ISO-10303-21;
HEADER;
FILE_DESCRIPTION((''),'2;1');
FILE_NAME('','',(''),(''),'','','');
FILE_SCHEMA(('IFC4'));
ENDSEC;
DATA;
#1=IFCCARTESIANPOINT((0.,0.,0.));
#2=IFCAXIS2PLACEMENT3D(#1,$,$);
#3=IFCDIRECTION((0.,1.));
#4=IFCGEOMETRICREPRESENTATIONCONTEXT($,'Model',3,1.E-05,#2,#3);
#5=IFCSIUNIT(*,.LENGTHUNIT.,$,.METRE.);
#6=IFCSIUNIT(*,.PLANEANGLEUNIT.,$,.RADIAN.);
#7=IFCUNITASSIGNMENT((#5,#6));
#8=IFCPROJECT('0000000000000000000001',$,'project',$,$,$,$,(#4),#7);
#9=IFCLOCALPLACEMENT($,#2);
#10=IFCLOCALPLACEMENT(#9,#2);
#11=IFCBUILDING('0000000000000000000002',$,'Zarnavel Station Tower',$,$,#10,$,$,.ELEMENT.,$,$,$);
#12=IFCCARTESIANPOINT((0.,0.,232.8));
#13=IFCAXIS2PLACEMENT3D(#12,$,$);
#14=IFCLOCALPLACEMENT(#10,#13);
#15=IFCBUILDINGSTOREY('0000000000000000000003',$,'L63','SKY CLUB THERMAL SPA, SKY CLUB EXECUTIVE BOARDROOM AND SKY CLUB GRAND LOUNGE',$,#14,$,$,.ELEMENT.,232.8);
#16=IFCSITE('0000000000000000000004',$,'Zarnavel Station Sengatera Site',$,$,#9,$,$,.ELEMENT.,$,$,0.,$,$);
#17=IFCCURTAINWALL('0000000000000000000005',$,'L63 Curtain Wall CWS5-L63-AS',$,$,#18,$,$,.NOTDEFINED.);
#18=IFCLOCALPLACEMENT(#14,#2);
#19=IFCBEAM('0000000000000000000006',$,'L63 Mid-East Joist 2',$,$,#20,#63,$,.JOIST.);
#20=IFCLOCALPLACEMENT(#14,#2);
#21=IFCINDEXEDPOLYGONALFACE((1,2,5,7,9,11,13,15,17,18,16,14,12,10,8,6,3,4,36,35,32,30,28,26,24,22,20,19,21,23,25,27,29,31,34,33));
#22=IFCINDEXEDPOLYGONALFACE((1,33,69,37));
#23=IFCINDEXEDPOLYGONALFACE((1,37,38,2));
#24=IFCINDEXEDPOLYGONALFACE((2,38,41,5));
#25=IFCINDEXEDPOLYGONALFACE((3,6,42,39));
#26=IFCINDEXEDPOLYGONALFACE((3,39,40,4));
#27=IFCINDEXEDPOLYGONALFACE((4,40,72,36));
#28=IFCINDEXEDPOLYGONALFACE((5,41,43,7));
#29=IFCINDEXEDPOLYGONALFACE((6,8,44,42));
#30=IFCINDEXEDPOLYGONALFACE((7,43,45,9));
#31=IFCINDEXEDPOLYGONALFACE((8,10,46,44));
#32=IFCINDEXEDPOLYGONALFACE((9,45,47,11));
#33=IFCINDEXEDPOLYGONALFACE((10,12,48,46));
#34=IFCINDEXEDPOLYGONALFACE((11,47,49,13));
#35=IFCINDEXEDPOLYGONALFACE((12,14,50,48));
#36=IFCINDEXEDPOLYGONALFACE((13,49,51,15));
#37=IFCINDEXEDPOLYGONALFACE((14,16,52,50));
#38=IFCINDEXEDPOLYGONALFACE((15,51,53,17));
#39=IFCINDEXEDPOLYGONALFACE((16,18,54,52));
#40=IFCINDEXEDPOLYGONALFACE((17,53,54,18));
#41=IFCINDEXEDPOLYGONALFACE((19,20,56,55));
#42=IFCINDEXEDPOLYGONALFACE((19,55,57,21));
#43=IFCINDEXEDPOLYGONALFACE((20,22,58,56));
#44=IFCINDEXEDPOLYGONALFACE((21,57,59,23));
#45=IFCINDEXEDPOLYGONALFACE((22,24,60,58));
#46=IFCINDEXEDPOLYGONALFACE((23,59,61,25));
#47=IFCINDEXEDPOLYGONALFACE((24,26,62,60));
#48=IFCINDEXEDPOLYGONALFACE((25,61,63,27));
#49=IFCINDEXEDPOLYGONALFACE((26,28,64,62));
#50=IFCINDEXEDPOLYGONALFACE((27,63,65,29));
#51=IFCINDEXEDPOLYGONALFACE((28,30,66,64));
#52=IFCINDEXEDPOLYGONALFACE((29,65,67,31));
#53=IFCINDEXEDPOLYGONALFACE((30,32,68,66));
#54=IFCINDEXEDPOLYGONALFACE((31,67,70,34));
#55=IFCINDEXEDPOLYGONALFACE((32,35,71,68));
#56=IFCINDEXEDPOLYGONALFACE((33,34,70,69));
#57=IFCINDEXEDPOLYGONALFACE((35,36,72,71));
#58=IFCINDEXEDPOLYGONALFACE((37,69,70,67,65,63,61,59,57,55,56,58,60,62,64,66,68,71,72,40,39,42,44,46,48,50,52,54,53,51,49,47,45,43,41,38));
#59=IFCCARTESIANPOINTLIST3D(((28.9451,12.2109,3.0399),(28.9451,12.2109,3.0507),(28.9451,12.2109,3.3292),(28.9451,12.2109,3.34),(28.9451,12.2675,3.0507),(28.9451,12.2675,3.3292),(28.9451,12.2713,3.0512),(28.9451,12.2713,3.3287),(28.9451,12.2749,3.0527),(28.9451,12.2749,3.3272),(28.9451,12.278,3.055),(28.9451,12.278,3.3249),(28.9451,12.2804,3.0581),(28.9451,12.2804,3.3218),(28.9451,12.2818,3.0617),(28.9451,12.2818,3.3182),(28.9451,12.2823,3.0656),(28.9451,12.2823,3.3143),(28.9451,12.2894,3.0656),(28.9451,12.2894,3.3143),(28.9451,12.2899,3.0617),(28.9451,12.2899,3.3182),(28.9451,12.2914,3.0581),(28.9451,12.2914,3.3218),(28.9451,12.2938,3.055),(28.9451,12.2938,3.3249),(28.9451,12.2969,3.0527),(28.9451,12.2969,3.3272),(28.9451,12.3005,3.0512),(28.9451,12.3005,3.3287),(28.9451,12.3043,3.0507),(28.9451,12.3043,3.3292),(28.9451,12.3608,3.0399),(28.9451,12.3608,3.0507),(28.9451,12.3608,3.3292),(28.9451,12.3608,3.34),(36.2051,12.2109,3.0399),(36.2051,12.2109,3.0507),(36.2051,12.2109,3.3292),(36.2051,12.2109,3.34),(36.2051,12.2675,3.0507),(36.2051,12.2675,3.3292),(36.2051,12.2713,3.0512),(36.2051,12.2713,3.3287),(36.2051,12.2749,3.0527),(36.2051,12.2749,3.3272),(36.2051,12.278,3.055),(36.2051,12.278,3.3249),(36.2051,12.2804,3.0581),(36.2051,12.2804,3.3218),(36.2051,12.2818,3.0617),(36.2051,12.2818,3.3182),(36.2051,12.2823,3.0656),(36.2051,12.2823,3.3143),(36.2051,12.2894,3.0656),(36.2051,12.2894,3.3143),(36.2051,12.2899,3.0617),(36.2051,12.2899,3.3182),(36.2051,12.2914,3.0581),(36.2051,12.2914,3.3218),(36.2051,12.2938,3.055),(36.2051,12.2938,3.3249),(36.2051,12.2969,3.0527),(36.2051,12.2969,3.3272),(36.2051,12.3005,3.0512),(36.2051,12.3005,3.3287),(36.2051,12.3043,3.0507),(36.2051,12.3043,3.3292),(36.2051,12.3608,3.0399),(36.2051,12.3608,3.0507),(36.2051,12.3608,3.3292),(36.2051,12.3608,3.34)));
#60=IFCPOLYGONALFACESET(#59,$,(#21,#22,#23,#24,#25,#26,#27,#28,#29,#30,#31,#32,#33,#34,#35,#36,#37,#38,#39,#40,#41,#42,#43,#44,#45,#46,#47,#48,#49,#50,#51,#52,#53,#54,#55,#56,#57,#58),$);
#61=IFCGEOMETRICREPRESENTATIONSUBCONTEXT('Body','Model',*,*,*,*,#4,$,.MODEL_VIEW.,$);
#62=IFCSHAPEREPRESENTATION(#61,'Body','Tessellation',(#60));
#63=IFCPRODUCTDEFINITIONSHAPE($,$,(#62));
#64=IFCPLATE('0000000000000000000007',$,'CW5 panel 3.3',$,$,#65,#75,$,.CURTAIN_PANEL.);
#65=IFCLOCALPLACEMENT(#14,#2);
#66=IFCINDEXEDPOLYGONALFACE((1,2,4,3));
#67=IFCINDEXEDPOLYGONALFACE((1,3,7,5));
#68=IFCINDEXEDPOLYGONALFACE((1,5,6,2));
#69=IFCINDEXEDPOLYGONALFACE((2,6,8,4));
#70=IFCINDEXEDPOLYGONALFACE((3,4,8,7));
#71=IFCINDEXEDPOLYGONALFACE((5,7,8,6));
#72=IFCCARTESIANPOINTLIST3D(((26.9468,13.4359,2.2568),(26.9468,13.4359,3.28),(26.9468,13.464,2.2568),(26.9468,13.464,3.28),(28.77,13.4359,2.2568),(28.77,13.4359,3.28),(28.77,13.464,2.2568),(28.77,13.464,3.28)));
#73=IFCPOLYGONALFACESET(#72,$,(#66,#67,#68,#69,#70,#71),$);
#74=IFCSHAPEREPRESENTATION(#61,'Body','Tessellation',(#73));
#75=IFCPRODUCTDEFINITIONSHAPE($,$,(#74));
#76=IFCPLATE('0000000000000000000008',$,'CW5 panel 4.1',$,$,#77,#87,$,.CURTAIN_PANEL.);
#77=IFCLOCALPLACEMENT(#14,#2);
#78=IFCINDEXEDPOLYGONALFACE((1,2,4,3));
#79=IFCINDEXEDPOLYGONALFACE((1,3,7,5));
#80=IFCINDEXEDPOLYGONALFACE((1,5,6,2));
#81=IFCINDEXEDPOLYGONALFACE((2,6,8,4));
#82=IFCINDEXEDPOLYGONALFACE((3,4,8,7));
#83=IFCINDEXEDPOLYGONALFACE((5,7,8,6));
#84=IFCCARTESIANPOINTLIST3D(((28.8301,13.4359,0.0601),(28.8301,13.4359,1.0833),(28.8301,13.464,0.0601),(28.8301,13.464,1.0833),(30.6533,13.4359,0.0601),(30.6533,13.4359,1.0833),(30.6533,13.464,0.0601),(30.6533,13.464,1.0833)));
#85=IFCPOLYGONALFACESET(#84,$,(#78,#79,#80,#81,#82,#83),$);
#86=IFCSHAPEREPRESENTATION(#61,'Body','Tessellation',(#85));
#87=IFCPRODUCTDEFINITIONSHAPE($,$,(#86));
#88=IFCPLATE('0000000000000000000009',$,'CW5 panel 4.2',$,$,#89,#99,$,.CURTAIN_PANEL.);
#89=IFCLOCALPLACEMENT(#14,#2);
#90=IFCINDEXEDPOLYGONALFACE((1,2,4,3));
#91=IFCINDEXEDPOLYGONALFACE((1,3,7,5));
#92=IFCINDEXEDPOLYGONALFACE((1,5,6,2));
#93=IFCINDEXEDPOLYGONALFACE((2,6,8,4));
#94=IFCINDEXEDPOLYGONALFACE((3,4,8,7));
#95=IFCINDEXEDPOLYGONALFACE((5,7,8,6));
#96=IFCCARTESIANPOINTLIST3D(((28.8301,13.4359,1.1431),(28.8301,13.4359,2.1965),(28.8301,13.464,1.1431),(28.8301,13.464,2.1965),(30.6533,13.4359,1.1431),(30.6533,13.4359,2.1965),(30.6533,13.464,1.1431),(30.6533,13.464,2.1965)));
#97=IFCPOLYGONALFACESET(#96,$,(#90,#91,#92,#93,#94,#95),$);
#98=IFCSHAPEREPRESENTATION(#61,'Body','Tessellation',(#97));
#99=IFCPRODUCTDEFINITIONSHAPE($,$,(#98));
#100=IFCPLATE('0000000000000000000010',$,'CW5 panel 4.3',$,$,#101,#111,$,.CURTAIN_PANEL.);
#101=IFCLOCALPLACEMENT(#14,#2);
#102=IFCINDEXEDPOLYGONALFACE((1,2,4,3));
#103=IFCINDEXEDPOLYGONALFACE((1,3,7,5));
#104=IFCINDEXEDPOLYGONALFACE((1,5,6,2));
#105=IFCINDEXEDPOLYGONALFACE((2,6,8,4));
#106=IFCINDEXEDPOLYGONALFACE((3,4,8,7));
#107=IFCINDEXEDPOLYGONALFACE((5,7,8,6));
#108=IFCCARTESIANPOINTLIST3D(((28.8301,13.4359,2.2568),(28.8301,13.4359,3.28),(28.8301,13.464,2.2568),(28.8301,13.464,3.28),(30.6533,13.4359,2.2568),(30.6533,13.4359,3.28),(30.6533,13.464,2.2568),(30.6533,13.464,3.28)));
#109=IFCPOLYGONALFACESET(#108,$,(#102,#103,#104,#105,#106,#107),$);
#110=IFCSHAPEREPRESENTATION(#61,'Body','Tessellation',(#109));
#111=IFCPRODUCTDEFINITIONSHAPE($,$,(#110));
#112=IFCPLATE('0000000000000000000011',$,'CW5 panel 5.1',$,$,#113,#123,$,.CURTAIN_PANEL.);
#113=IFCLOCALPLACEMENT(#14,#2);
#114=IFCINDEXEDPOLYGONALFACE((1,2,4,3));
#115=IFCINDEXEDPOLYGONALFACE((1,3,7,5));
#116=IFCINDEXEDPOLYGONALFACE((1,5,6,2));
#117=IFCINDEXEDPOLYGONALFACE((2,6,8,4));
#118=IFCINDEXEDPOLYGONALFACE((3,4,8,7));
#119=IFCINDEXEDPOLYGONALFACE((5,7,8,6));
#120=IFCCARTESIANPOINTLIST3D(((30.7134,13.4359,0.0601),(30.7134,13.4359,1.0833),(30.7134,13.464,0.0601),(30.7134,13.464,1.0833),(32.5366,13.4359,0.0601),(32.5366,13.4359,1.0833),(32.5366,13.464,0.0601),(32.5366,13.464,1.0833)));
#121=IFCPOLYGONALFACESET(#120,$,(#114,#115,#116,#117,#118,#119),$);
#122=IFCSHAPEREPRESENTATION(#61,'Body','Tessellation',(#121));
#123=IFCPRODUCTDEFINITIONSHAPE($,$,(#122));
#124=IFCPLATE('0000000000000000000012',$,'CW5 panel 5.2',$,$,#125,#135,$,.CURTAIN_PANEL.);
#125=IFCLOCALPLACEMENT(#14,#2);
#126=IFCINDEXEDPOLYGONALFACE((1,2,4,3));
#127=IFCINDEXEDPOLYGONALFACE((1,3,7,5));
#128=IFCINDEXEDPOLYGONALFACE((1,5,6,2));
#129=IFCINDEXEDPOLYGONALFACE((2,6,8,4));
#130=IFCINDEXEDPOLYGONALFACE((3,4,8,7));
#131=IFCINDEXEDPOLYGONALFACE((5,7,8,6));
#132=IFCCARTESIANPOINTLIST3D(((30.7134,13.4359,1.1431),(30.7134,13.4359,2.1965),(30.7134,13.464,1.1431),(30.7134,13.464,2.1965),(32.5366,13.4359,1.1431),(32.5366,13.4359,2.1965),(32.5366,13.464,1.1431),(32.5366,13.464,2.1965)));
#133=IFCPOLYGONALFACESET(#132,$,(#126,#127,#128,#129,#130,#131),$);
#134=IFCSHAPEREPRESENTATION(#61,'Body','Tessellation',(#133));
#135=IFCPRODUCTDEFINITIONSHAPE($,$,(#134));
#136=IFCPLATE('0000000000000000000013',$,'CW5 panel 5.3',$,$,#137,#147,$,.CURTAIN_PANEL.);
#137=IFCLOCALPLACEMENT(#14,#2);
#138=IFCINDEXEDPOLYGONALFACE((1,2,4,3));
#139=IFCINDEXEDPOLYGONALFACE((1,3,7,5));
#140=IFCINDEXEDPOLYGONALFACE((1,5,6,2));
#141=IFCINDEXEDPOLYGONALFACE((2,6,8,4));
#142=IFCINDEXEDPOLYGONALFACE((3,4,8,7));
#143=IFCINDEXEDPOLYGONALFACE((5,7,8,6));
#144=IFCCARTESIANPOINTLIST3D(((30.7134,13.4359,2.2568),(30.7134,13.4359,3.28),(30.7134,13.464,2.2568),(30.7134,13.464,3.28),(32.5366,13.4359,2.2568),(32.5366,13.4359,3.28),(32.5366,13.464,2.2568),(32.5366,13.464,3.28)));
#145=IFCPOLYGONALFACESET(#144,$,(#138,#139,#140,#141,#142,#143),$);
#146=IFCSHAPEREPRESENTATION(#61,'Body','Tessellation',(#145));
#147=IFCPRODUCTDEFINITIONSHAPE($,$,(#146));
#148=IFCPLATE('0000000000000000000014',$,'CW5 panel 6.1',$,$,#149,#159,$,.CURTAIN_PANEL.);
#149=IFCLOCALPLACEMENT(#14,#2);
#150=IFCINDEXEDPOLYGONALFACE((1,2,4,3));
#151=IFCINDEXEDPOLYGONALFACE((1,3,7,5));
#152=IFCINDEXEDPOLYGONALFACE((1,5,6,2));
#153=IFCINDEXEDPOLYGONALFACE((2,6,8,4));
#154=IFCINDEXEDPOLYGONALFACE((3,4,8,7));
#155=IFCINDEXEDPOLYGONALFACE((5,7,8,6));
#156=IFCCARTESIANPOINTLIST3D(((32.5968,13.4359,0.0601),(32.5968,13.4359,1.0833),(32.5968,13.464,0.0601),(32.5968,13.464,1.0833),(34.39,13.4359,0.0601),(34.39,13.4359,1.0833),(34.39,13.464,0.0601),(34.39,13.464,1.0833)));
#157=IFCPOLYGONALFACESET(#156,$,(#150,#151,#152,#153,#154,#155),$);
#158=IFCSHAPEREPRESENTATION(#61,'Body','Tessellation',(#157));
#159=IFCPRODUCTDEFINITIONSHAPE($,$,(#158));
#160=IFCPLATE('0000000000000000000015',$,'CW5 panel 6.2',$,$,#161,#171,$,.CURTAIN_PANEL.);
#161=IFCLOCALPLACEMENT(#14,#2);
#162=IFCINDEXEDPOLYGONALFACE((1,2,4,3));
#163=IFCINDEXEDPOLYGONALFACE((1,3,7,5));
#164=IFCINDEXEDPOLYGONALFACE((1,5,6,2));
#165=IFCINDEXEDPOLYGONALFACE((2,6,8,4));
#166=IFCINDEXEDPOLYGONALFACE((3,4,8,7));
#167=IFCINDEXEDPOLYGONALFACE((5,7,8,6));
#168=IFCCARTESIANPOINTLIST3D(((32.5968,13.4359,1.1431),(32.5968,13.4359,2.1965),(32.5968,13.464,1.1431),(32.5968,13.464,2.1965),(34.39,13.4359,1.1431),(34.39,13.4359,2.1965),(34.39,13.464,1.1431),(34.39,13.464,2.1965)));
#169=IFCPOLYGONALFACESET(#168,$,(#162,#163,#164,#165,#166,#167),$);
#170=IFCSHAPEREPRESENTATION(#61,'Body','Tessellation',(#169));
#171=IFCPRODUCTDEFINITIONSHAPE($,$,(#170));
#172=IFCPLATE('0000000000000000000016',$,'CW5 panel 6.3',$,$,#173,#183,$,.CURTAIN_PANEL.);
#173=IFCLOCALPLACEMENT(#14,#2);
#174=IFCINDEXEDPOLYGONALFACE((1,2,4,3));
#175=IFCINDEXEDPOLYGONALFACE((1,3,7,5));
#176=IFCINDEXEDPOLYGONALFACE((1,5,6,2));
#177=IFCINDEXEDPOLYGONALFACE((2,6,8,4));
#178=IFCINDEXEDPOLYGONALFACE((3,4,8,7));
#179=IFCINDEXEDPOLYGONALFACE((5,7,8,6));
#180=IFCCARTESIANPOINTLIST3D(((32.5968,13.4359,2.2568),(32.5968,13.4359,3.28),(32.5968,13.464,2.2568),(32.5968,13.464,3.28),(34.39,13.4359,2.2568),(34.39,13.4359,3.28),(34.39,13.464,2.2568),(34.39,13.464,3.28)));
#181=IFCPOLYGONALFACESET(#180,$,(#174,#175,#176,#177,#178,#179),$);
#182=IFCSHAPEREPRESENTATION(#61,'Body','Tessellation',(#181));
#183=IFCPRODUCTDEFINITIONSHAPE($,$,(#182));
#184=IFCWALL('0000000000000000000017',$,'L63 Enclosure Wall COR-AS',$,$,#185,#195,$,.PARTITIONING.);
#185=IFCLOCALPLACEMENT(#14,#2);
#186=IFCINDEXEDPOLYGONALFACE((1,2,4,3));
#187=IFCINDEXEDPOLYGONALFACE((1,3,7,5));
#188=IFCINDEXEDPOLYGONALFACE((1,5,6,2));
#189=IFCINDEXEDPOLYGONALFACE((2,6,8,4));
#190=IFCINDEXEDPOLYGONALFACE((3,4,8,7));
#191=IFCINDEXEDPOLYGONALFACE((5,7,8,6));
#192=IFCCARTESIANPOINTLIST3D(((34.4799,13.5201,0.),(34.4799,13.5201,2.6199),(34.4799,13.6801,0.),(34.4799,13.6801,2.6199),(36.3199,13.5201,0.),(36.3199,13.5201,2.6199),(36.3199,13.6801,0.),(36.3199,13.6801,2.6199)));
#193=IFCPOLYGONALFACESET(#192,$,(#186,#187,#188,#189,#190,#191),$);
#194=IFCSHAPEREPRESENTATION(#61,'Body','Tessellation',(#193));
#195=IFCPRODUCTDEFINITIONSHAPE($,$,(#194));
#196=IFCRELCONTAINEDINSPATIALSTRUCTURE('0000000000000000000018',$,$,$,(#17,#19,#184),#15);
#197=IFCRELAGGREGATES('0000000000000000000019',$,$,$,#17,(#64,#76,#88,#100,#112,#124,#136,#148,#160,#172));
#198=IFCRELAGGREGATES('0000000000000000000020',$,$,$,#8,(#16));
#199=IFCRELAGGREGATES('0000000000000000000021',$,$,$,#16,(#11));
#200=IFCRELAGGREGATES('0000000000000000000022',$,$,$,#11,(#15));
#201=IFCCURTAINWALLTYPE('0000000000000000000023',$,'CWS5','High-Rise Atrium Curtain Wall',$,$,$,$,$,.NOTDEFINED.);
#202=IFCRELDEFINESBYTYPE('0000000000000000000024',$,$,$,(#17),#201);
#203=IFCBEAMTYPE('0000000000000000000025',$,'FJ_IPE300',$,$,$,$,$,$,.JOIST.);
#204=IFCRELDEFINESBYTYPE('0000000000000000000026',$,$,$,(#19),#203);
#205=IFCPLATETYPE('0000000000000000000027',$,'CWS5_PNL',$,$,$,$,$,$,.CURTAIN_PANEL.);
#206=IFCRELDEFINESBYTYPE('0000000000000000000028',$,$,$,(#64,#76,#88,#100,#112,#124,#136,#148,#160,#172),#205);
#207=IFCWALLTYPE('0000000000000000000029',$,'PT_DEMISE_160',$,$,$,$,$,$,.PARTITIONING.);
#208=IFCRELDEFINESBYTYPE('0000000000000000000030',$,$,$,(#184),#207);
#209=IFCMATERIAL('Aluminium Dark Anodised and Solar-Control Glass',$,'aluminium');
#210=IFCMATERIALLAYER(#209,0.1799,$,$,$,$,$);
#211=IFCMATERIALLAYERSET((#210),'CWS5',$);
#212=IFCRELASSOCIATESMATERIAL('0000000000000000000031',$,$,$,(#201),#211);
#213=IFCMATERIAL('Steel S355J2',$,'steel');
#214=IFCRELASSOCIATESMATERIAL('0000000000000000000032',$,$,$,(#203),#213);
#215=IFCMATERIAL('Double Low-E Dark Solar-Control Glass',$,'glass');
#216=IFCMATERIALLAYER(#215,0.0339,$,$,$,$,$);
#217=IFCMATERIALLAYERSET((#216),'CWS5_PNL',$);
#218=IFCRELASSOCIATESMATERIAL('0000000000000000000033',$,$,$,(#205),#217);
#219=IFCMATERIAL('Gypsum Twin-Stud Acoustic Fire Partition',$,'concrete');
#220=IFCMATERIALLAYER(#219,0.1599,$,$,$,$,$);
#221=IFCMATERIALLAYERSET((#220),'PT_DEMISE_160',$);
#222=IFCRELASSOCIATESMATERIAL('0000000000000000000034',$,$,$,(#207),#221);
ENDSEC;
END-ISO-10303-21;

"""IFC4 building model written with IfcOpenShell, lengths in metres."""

from ifc_helpers import new_model, si_unit, direction, frame, frame_2d, origin, origin_2d, place, context, subcontext, project, spatial, rectangle, i_section, extrude, material, layer, layer_set, material_profile, profile_set, type_object, element, aggregate, save


model = new_model("IFC4")

# Units and contexts
model_context = context("Model", 3, precision=1e-05, world=origin(), true_north=direction((0.0, 1.0)))
body_context = subcontext(model_context, "Body", "Model", "MODEL_VIEW")
ifc_project = project(units=[si_unit("LENGTHUNIT", "METRE"), si_unit("PLANEANGLEUNIT", "RADIAN")], contexts=[model_context])

# Site, building, storey
site_placement = place(None, origin())
site = spatial("IfcSite", under=ifc_project, at=site_placement, Name="Zarnavel Station Sengatera Site", CompositionType="ELEMENT", RefElevation=0.0)
building_placement = place(site_placement, origin())
building = spatial("IfcBuilding", under=site, at=building_placement, Name="Zarnavel Station Tower", CompositionType="ELEMENT")
storey_placement = place(building_placement, frame((0.0, 0.0, 232.8)))
storey = spatial("IfcBuildingStorey", under=building, at=storey_placement, Name="L63", Description="SKY CLUB THERMAL SPA, SKY CLUB EXECUTIVE BOARDROOM AND SKY CLUB GRAND LOUNGE", CompositionType="ELEMENT", Elevation=232.8)

# Curtain wall
ifc_material_1 = material(Name="Aluminium Dark Anodised and Solar-Control Glass", Category="aluminium")
ifc_layer_1 = layer(ifc_material_1, 0.1799)
ifc_layer_set_1 = layer_set([ifc_layer_1], Name="CWS5")
curtain_wall_type = type_object("IfcCurtainWallType", Name="CWS5", Description="High-Rise Atrium Curtain Wall", PredefinedType="NOTDEFINED", material=ifc_layer_set_1)
curtain_wall_placement = place(storey_placement, origin())
curtain_wall = element("IfcCurtainWall", 1, at=curtain_wall_placement, inside=storey, type_object=curtain_wall_type, Name="L63 Curtain Wall CWS5-L63-AS", PredefinedType="NOTDEFINED")

# Beam
ifc_material_2 = material(Name="Steel S355J2", Category="steel")
ifc_material_profile_1 = material_profile(ifc_material_2, i_section(OverallWidth=0.1499, OverallDepth=0.3, WebThickness=0.0071, FlangeThickness=0.0107, FilletRadius=0.0149, at=origin_2d()), Name="IPE300")
ifc_profile_set_1 = profile_set([ifc_material_profile_1], Name="Steel S355J2")
beam_type_1 = type_object("IfcBeamType", Name="FJ_IPE300", PredefinedType="JOIST", material=ifc_profile_set_1)
for number, where, z_axis, x_axis, name in (
    (2, (28.9451, 12.2859, 3.1899), (1.0, 0.0, 0.0), (0.0, 1.0, 0.0), "L63 Mid-East Joist 2"),
):
    element("IfcBeam", number, at=place(storey_placement, frame(where, z_axis=z_axis, x_axis=x_axis)), inside=storey, type_object=beam_type_1, Name=name, PredefinedType="JOIST", context=body_context, shape_type="SweptSolid", body=[
        extrude(i_section(OverallWidth=0.1499, OverallDepth=0.3, WebThickness=0.0071, FlangeThickness=0.0107, FilletRadius=0.0149, at=origin_2d()), origin(), (0.0, 0.0, 1.0), 7.26),
    ])

# Plates
ifc_material_3 = material(Name="Double Low-E Dark Solar-Control Glass", Category="glass")
ifc_layer_2 = layer(ifc_material_3, 0.0339)
ifc_layer_set_2 = layer_set([ifc_layer_2], Name="CWS5_PNL")
plate_type = type_object("IfcPlateType", Name="CWS5_PNL", PredefinedType="CURTAIN_PANEL", material=ifc_layer_set_2)
plate_1_placement = place(storey_placement, frame((27.8584, 13.45, 2.2568), z_axis=(0.0, 0.0, 1.0), x_axis=(1.0, 0.0, 0.0)))
plate_1 = element("IfcPlate", 3, at=plate_1_placement, type_object=plate_type, Name="CW5 panel 3.3", PredefinedType="CURTAIN_PANEL", context=body_context, shape_type="SweptSolid", body=[
    extrude(rectangle(XDim=1.8232, YDim=0.0281, at=origin_2d()), origin(), (0.0, 0.0, 1.0), 1.0232),
])
plate_2_placement = place(storey_placement, frame((29.7417, 13.45, 0.0601), z_axis=(0.0, 0.0, 1.0), x_axis=(1.0, 0.0, 0.0)))
plate_2 = element("IfcPlate", 4, at=plate_2_placement, type_object=plate_type, Name="CW5 panel 4.1", PredefinedType="CURTAIN_PANEL", context=body_context, shape_type="SweptSolid", body=[
    extrude(rectangle(XDim=1.8232, YDim=0.0281, at=origin_2d()), origin(), (0.0, 0.0, 1.0), 1.0232),
])
plate_3_placement = place(storey_placement, frame((29.7417, 13.45, 1.1431), z_axis=(0.0, 0.0, 1.0), x_axis=(1.0, 0.0, 0.0)))
plate_3 = element("IfcPlate", 5, at=plate_3_placement, type_object=plate_type, Name="CW5 panel 4.2", PredefinedType="CURTAIN_PANEL", context=body_context, shape_type="SweptSolid", body=[
    extrude(rectangle(XDim=1.8232, YDim=0.0281, at=origin_2d()), origin(), (0.0, 0.0, 1.0), 1.0535),
])
plate_4_placement = place(storey_placement, frame((29.7417, 13.45, 2.2568), z_axis=(0.0, 0.0, 1.0), x_axis=(1.0, 0.0, 0.0)))
plate_4 = element("IfcPlate", 6, at=plate_4_placement, type_object=plate_type, Name="CW5 panel 4.3", PredefinedType="CURTAIN_PANEL", context=body_context, shape_type="SweptSolid", body=[
    extrude(rectangle(XDim=1.8232, YDim=0.0281, at=origin_2d()), origin(), (0.0, 0.0, 1.0), 1.0232),
])
plate_5_placement = place(storey_placement, frame((31.625, 13.45, 0.0601), z_axis=(0.0, 0.0, 1.0), x_axis=(1.0, 0.0, 0.0)))
plate_5 = element("IfcPlate", 7, at=plate_5_placement, type_object=plate_type, Name="CW5 panel 5.1", PredefinedType="CURTAIN_PANEL", context=body_context, shape_type="SweptSolid", body=[
    extrude(rectangle(XDim=1.8232, YDim=0.0281, at=origin_2d()), origin(), (0.0, 0.0, 1.0), 1.0232),
])
plate_6_placement = place(storey_placement, frame((31.625, 13.45, 1.1431), z_axis=(0.0, 0.0, 1.0), x_axis=(1.0, 0.0, 0.0)))
plate_6 = element("IfcPlate", 8, at=plate_6_placement, type_object=plate_type, Name="CW5 panel 5.2", PredefinedType="CURTAIN_PANEL", context=body_context, shape_type="SweptSolid", body=[
    extrude(rectangle(XDim=1.8232, YDim=0.0281, at=origin_2d()), origin(), (0.0, 0.0, 1.0), 1.0535),
])
plate_7_placement = place(storey_placement, frame((31.625, 13.45, 2.2568), z_axis=(0.0, 0.0, 1.0), x_axis=(1.0, 0.0, 0.0)))
plate_7 = element("IfcPlate", 9, at=plate_7_placement, type_object=plate_type, Name="CW5 panel 5.3", PredefinedType="CURTAIN_PANEL", context=body_context, shape_type="SweptSolid", body=[
    extrude(rectangle(XDim=1.8232, YDim=0.0281, at=origin_2d()), origin(), (0.0, 0.0, 1.0), 1.0232),
])
plate_8_placement = place(storey_placement, frame((33.4934, 13.45, 0.0601), z_axis=(0.0, 0.0, 1.0), x_axis=(1.0, 0.0, 0.0)))
plate_8 = element("IfcPlate", 10, at=plate_8_placement, type_object=plate_type, Name="CW5 panel 6.1", PredefinedType="CURTAIN_PANEL", context=body_context, shape_type="SweptSolid", body=[
    extrude(rectangle(XDim=1.7932, YDim=0.0281, at=origin_2d()), origin(), (0.0, 0.0, 1.0), 1.0232),
])
plate_9_placement = place(storey_placement, frame((33.4934, 13.45, 1.1431), z_axis=(0.0, 0.0, 1.0), x_axis=(1.0, 0.0, 0.0)))
plate_9 = element("IfcPlate", 11, at=plate_9_placement, type_object=plate_type, Name="CW5 panel 6.2", PredefinedType="CURTAIN_PANEL", context=body_context, shape_type="SweptSolid", body=[
    extrude(rectangle(XDim=1.7932, YDim=0.0281, at=origin_2d()), origin(), (0.0, 0.0, 1.0), 1.0535),
])
plate_10_placement = place(storey_placement, frame((33.4934, 13.45, 2.2568), z_axis=(0.0, 0.0, 1.0), x_axis=(1.0, 0.0, 0.0)))
plate_10 = element("IfcPlate", 12, at=plate_10_placement, type_object=plate_type, Name="CW5 panel 6.3", PredefinedType="CURTAIN_PANEL", context=body_context, shape_type="SweptSolid", body=[
    extrude(rectangle(XDim=1.7932, YDim=0.0281, at=origin_2d()), origin(), (0.0, 0.0, 1.0), 1.0232),
])
aggregate(curtain_wall, [plate_1, plate_2, plate_3, plate_4, plate_5, plate_6, plate_7, plate_8, plate_9, plate_10])

# Wall
ifc_material_4 = material(Name="Gypsum Twin-Stud Acoustic Fire Partition", Category="concrete")
ifc_layer_3 = layer(ifc_material_4, 0.1599)
ifc_layer_set_3 = layer_set([ifc_layer_3], Name="PT_DEMISE_160")
wall_type = type_object("IfcWallType", Name="PT_DEMISE_160", PredefinedType="PARTITIONING", material=ifc_layer_set_3)
wall_1_placement = place(storey_placement, frame((34.48, 13.6001, 0.0), z_axis=(0.0, 0.0, 1.0), x_axis=(1.0, 0.0, 0.0)))
element("IfcWall", 13, at=wall_1_placement, inside=storey, type_object=wall_type, Name="L63 Enclosure Wall COR-AS", PredefinedType="PARTITIONING", context=body_context, shape_type="SweptSolid", body=[
    extrude(rectangle(XDim=1.8401, YDim=0.1599, at=frame_2d((0.9199, 0.0))), origin(), (0.0, 0.0, 1.0), 2.6199),
])

save(model, "model.ifc")
